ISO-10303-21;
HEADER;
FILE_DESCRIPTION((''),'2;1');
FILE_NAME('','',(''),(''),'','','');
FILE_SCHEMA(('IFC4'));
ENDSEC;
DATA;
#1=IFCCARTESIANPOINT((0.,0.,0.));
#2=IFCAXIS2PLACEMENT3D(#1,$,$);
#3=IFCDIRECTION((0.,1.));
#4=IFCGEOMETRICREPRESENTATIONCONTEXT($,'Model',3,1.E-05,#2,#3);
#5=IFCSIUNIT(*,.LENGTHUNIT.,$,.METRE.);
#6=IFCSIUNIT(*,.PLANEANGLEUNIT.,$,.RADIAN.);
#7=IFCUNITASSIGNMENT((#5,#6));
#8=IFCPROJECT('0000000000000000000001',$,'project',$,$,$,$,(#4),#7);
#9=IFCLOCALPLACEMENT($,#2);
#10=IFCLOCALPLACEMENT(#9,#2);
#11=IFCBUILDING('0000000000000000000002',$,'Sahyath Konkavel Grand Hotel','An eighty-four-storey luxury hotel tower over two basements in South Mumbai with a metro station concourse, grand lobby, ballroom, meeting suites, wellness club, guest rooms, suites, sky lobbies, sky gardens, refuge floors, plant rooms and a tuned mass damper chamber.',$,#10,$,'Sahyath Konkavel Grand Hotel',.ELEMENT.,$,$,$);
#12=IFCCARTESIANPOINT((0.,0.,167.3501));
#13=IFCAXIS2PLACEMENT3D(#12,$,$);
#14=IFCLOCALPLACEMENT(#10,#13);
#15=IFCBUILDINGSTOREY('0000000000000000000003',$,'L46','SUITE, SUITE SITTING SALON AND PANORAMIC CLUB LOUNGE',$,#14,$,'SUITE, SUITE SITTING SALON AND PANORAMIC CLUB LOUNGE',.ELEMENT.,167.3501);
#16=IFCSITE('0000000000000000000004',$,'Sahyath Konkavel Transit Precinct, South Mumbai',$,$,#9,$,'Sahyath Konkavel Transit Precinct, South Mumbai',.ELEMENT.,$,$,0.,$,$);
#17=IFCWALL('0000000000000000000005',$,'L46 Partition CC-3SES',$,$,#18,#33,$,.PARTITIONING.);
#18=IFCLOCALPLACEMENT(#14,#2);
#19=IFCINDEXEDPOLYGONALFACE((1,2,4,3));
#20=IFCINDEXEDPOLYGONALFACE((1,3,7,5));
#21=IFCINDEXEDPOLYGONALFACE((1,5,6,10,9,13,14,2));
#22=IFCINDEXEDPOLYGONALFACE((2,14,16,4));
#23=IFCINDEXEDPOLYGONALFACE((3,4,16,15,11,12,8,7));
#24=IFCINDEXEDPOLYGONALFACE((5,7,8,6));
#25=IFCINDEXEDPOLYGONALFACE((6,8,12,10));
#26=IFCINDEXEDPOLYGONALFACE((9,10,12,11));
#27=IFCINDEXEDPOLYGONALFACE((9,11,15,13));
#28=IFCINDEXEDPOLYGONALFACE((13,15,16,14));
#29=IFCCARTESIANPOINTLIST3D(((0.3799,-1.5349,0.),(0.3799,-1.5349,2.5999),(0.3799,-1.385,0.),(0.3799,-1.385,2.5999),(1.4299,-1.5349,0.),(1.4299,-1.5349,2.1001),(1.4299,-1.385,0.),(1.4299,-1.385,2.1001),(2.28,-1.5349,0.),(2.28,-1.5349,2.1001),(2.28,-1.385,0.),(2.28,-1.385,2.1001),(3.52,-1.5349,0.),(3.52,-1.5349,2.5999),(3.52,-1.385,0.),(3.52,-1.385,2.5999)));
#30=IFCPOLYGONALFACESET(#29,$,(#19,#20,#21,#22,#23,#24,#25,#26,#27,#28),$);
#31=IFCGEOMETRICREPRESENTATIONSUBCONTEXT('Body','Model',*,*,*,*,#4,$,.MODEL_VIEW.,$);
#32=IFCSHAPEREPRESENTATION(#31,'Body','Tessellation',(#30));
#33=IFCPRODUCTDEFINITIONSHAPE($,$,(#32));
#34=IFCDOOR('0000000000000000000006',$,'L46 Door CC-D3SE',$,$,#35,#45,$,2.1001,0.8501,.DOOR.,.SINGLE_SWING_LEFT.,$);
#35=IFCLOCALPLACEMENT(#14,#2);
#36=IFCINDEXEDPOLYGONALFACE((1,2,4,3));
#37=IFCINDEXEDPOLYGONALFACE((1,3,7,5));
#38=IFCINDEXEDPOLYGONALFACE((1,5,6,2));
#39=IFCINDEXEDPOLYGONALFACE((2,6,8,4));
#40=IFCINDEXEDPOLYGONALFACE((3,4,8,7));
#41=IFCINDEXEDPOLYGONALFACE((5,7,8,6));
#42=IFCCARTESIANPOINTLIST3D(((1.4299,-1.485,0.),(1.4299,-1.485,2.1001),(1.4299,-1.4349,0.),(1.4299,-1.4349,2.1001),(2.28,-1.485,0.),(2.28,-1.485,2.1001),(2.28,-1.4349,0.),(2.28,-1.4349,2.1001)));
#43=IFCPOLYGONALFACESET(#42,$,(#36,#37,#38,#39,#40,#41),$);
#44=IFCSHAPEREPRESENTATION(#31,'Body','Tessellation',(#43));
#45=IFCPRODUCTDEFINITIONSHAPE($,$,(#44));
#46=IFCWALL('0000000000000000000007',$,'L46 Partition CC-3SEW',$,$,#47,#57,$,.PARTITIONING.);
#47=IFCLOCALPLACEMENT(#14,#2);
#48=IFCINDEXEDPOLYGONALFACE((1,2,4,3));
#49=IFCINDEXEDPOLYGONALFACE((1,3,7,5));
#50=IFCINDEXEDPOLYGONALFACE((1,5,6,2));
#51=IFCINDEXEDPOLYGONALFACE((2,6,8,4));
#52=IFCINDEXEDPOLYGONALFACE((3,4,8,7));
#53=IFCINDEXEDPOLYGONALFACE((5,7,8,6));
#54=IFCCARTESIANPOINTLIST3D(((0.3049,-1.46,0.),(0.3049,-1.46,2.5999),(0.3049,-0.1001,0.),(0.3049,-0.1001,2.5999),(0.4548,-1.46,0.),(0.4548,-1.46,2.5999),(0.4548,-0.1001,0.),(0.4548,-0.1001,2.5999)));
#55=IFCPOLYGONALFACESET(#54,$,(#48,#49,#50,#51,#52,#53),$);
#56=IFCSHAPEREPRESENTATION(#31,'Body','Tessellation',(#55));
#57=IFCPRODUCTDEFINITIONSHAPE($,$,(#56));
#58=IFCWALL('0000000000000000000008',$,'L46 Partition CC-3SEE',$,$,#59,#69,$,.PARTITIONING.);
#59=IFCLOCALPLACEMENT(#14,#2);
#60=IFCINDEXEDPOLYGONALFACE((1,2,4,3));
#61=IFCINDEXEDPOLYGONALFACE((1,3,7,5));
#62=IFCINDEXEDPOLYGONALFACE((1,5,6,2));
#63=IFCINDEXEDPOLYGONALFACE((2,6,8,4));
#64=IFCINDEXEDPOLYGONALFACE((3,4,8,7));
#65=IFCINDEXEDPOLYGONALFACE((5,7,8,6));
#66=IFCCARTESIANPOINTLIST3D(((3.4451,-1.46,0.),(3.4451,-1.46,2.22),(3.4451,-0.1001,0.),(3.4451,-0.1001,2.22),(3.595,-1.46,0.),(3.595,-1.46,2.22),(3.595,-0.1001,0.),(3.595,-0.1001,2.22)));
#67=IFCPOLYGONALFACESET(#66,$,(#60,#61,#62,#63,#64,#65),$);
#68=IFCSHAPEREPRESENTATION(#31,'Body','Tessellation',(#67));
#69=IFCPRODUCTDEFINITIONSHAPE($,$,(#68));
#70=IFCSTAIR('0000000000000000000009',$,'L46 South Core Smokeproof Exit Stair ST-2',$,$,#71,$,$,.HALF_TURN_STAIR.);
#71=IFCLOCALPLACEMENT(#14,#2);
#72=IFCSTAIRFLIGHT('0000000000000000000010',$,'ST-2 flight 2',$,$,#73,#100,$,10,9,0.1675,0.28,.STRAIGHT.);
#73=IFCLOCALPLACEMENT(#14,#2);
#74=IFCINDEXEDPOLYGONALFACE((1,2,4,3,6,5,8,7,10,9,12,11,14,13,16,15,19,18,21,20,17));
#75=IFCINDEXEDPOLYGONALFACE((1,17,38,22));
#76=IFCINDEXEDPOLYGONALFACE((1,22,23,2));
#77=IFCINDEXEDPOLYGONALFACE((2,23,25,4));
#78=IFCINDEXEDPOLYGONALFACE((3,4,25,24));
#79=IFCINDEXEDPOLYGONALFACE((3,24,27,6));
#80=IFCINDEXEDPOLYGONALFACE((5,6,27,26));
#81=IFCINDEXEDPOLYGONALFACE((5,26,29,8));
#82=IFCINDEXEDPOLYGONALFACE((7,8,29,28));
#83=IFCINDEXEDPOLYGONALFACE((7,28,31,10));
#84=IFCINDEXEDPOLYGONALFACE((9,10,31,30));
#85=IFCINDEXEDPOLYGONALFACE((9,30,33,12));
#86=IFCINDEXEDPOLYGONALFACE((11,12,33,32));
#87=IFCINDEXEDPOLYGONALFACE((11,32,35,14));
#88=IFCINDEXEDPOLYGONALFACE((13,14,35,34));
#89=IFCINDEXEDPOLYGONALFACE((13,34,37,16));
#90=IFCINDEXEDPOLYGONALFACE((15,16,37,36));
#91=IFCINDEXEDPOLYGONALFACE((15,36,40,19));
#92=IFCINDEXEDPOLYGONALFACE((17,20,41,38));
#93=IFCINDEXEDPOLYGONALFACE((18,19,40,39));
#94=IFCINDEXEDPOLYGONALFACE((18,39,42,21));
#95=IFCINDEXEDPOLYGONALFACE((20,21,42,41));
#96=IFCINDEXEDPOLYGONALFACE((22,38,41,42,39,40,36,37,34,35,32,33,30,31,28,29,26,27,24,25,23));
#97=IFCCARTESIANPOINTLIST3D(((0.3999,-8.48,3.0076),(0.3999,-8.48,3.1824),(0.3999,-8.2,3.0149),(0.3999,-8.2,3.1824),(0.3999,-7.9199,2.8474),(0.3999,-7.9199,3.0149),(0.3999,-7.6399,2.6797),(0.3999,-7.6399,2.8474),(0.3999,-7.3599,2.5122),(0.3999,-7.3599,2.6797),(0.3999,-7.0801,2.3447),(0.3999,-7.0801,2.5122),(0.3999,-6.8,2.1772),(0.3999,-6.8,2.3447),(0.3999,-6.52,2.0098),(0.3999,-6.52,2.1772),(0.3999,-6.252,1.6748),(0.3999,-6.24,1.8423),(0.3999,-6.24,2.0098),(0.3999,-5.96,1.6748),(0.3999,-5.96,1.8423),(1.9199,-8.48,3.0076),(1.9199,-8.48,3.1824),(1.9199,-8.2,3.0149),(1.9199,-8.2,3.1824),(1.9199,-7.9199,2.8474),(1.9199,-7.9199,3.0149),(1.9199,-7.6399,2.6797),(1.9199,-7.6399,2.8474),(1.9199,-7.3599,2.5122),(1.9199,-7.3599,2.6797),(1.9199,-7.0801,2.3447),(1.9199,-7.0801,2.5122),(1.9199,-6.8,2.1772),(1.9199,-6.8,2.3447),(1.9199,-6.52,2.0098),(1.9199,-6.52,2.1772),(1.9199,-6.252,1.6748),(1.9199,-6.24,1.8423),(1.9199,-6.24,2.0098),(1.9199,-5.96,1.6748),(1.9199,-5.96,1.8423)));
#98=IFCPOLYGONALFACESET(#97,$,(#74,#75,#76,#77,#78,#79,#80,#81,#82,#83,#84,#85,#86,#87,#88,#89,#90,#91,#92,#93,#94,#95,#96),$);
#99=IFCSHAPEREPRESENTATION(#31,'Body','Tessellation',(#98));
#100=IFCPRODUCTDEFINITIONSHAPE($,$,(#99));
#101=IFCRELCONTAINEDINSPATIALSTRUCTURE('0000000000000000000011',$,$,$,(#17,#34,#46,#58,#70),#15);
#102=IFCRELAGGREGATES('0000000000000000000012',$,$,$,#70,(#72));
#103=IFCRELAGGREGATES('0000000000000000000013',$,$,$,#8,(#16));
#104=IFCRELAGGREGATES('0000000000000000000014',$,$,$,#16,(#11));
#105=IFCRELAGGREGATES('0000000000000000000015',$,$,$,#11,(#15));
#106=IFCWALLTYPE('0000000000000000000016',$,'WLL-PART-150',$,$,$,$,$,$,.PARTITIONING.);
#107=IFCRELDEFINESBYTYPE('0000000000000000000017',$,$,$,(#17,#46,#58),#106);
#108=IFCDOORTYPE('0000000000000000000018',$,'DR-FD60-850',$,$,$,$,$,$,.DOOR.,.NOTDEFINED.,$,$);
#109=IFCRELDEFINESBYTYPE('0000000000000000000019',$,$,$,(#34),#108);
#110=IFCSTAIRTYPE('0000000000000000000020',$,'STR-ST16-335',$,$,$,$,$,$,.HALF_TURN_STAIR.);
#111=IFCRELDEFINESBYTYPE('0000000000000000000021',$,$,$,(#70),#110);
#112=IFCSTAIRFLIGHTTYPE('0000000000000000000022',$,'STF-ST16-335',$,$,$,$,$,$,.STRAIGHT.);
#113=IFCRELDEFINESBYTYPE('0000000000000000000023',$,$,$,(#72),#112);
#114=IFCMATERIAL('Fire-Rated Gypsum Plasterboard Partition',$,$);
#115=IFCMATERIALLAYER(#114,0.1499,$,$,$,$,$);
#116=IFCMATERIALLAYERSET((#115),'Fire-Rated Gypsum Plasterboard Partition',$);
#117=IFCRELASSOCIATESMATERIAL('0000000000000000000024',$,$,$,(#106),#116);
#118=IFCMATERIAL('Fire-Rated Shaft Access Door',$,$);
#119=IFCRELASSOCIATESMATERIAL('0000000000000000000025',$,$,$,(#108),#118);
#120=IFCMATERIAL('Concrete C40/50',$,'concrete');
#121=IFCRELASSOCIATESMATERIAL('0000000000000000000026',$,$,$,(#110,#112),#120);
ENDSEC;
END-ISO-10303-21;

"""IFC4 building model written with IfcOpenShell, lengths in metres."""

from ifc_helpers import new_model, si_unit, direction, frame, frame_2d, origin, origin_2d, place, context, subcontext, project, spatial, polyline, rectangle, outline, extrude, source, transform, mapped, material, layer, layer_set, type_object, element, fill, aggregate, save


model = new_model("IFC4")

# Units and contexts
model_context = context("Model", 3, precision=1e-05, world=origin(), true_north=direction((0.0, 1.0)))
body_context = subcontext(model_context, "Body", "Model", "MODEL_VIEW")
ifc_project = project(units=[si_unit("LENGTHUNIT", "METRE"), si_unit("PLANEANGLEUNIT", "RADIAN")], contexts=[model_context])

# Site, building, storey
site_placement = place(None, origin())
site = spatial("IfcSite", under=ifc_project, at=site_placement, Name="Sahyath Konkavel Transit Precinct, South Mumbai", LongName="Sahyath Konkavel Transit Precinct, South Mumbai", CompositionType="ELEMENT", RefElevation=0.0)
building_placement = place(site_placement, origin())
building = spatial("IfcBuilding", under=site, at=building_placement, Name="Sahyath Konkavel Grand Hotel", Description="An eighty-four-storey luxury hotel tower over two basements in South Mumbai with a metro station concourse, grand lobby, ballroom, meeting suites, wellness club, guest rooms, suites, sky lobbies, sky gardens, refuge floors, plant rooms and a tuned mass damper chamber.", LongName="Sahyath Konkavel Grand Hotel", CompositionType="ELEMENT")
storey_placement = place(building_placement, frame((0.0, 0.0, 167.3501)))
storey = spatial("IfcBuildingStorey", under=building, at=storey_placement, Name="L46", Description="SUITE, SUITE SITTING SALON AND PANORAMIC CLUB LOUNGE", LongName="SUITE, SUITE SITTING SALON AND PANORAMIC CLUB LOUNGE", CompositionType="ELEMENT", Elevation=167.3501)

# Shared definitions
ifc_material_1 = material(Name="Concrete C40/50", Category="concrete")

# Shared definitions
ifc_material_2 = material(Name="Fire-Rated Gypsum Plasterboard Partition")
ifc_layer_1 = layer(ifc_material_2, 0.1499)
ifc_layer_set_1 = layer_set([ifc_layer_1], Name="Fire-Rated Gypsum Plasterboard Partition")
wall_type_1 = type_object("IfcWallType", Name="WLL-PART-150", PredefinedType="PARTITIONING", material=ifc_layer_set_1)

# Wall, opening, door
wall_1_placement = place(storey_placement, frame((0.3799, -1.46, 0.0), z_axis=(0.0, 0.0, 1.0), x_axis=(1.0, 0.0, 0.0)))
wall_1 = element("IfcWall", 1, at=wall_1_placement, inside=storey, type_object=wall_type_1, Name="L46 Partition CC-3SES", PredefinedType="PARTITIONING", context=body_context, shape_type="SweptSolid", body=[
    extrude(rectangle(XDim=3.1401, YDim=0.1499, at=frame_2d((1.5701, 0.0))), origin(), (0.0, 0.0, 1.0), 2.5999),
])
opening_1_placement = place(wall_1_placement, frame((1.05, 0.0, 0.0)))
opening_1 = element("IfcOpeningElement", 2, at=opening_1_placement, cuts=wall_1, PredefinedType="OPENING", context=body_context, shape_type="SweptSolid", body=[
    extrude(rectangle(XDim=0.8501, YDim=2.1001, at=frame_2d((0.425, 1.05))), frame((0.0, 0.085, 0.0), z_axis=(0.0, -1.0, 0.0), x_axis=(1.0, 0.0, 0.0)), (0.0, 0.0, 1.0), 0.1699),
])
ifc_material_3 = material(Name="Fire-Rated Shaft Access Door")
door_type_1 = type_object("IfcDoorType", Name="DR-FD60-850", OperationType="NOTDEFINED", PredefinedType="DOOR", material=ifc_material_3)
shared_shape_1 = source(origin(), body_context, "Body", "SweptSolid", [
    extrude(rectangle(XDim=0.8501, YDim=0.05, at=origin_2d()), origin(), (0.0, 0.0, 1.0), 2.1001),
])
door_1_placement = place(opening_1_placement, frame((0.425, 0.0, 0.0)))
door_1 = element("IfcDoor", 3, at=door_1_placement, inside=storey, type_object=door_type_1, Name="L46 Door CC-D3SE", OperationType="SINGLE_SWING_LEFT", OverallHeight=2.1001, OverallWidth=0.8501, PredefinedType="DOOR", context=body_context, shape_type="MappedRepresentation", body=[
    mapped(shared_shape_1, transform((0.0, 0.0, 0.0), scale=1.0)),
])
fill(opening_1, door_1)

# Walls
wall_2_placement = place(storey_placement, frame((0.3799, -1.46, 0.0), z_axis=(0.0, 0.0, 1.0), x_axis=(0.0, 1.0, 0.0)))
element("IfcWall", 4, at=wall_2_placement, inside=storey, type_object=wall_type_1, Name="L46 Partition CC-3SEW", PredefinedType="PARTITIONING", context=body_context, shape_type="SweptSolid", body=[
    extrude(rectangle(XDim=1.3599, YDim=0.1499, at=frame_2d((0.6799, 0.0))), origin(), (0.0, 0.0, 1.0), 2.5999),
])
wall_3_placement = place(storey_placement, frame((3.52, -1.46, 0.0), z_axis=(0.0, 0.0, 1.0), x_axis=(0.0, 1.0, 0.0)))
element("IfcWall", 5, at=wall_3_placement, inside=storey, type_object=wall_type_1, Name="L46 Partition CC-3SEE", PredefinedType="PARTITIONING", context=body_context, shape_type="SweptSolid", body=[
    extrude(rectangle(XDim=1.3599, YDim=0.1499, at=frame_2d((0.6799, 0.0))), origin(), (0.0, 0.0, 1.0), 2.22),
])

# Stair, stair flight
stair_type = type_object("IfcStairType", Name="STR-ST16-335", PredefinedType="HALF_TURN_STAIR", material=ifc_material_1)
stair_placement = place(storey_placement, origin())
stair = element("IfcStair", 6, at=stair_placement, inside=storey, type_object=stair_type, Name="L46 South Core Smokeproof Exit Stair ST-2", PredefinedType="HALF_TURN_STAIR")
stair_flight_type = type_object("IfcStairFlightType", Name="STF-ST16-335", PredefinedType="STRAIGHT", material=ifc_material_1)
stair_flight_placement = place(storey_placement, frame((1.1599, -5.96, 1.6748), z_axis=(0.0, 0.0, 1.0), x_axis=(0.0, -1.0, 0.0)))
stair_flight = element("IfcStairFlight", 7, at=stair_flight_placement, type_object=stair_flight_type, Name="ST-2 flight 2", NumberOfRisers=10, NumberOfTreads=9, PredefinedType="STRAIGHT", RiserHeight=0.1675, TreadLength=0.28, context=body_context, shape_type="SweptSolid", body=[
    extrude(outline(polyline([(0.0, 0.0), (0.0, 0.1675), (0.28, 0.1675), (0.28, 0.335), (0.5601, 0.335), (0.5601, 0.5024), (0.8401, 0.5024), (0.8401, 0.6699), (1.1201, 0.6699), (1.1201, 0.8374), (1.3999, 0.8374), (1.3999, 1.0049), (1.6799, 1.0049), (1.6799, 1.1726), (1.96, 1.1726), (1.96, 1.3401), (2.24, 1.3401), (2.24, 1.5076), (2.52, 1.5076), (2.52, 1.675), (2.52, 1.3328), (0.292, 0.0), (0.0, 0.0)])), frame((0.0, 0.76, 0.0), z_axis=(0.0, -1.0, 0.0), x_axis=(1.0, 0.0, 0.0)), (0.0, 0.0, 1.0), 1.52),
])
aggregate(stair, [stair_flight])

save(model, "model.ifc")
